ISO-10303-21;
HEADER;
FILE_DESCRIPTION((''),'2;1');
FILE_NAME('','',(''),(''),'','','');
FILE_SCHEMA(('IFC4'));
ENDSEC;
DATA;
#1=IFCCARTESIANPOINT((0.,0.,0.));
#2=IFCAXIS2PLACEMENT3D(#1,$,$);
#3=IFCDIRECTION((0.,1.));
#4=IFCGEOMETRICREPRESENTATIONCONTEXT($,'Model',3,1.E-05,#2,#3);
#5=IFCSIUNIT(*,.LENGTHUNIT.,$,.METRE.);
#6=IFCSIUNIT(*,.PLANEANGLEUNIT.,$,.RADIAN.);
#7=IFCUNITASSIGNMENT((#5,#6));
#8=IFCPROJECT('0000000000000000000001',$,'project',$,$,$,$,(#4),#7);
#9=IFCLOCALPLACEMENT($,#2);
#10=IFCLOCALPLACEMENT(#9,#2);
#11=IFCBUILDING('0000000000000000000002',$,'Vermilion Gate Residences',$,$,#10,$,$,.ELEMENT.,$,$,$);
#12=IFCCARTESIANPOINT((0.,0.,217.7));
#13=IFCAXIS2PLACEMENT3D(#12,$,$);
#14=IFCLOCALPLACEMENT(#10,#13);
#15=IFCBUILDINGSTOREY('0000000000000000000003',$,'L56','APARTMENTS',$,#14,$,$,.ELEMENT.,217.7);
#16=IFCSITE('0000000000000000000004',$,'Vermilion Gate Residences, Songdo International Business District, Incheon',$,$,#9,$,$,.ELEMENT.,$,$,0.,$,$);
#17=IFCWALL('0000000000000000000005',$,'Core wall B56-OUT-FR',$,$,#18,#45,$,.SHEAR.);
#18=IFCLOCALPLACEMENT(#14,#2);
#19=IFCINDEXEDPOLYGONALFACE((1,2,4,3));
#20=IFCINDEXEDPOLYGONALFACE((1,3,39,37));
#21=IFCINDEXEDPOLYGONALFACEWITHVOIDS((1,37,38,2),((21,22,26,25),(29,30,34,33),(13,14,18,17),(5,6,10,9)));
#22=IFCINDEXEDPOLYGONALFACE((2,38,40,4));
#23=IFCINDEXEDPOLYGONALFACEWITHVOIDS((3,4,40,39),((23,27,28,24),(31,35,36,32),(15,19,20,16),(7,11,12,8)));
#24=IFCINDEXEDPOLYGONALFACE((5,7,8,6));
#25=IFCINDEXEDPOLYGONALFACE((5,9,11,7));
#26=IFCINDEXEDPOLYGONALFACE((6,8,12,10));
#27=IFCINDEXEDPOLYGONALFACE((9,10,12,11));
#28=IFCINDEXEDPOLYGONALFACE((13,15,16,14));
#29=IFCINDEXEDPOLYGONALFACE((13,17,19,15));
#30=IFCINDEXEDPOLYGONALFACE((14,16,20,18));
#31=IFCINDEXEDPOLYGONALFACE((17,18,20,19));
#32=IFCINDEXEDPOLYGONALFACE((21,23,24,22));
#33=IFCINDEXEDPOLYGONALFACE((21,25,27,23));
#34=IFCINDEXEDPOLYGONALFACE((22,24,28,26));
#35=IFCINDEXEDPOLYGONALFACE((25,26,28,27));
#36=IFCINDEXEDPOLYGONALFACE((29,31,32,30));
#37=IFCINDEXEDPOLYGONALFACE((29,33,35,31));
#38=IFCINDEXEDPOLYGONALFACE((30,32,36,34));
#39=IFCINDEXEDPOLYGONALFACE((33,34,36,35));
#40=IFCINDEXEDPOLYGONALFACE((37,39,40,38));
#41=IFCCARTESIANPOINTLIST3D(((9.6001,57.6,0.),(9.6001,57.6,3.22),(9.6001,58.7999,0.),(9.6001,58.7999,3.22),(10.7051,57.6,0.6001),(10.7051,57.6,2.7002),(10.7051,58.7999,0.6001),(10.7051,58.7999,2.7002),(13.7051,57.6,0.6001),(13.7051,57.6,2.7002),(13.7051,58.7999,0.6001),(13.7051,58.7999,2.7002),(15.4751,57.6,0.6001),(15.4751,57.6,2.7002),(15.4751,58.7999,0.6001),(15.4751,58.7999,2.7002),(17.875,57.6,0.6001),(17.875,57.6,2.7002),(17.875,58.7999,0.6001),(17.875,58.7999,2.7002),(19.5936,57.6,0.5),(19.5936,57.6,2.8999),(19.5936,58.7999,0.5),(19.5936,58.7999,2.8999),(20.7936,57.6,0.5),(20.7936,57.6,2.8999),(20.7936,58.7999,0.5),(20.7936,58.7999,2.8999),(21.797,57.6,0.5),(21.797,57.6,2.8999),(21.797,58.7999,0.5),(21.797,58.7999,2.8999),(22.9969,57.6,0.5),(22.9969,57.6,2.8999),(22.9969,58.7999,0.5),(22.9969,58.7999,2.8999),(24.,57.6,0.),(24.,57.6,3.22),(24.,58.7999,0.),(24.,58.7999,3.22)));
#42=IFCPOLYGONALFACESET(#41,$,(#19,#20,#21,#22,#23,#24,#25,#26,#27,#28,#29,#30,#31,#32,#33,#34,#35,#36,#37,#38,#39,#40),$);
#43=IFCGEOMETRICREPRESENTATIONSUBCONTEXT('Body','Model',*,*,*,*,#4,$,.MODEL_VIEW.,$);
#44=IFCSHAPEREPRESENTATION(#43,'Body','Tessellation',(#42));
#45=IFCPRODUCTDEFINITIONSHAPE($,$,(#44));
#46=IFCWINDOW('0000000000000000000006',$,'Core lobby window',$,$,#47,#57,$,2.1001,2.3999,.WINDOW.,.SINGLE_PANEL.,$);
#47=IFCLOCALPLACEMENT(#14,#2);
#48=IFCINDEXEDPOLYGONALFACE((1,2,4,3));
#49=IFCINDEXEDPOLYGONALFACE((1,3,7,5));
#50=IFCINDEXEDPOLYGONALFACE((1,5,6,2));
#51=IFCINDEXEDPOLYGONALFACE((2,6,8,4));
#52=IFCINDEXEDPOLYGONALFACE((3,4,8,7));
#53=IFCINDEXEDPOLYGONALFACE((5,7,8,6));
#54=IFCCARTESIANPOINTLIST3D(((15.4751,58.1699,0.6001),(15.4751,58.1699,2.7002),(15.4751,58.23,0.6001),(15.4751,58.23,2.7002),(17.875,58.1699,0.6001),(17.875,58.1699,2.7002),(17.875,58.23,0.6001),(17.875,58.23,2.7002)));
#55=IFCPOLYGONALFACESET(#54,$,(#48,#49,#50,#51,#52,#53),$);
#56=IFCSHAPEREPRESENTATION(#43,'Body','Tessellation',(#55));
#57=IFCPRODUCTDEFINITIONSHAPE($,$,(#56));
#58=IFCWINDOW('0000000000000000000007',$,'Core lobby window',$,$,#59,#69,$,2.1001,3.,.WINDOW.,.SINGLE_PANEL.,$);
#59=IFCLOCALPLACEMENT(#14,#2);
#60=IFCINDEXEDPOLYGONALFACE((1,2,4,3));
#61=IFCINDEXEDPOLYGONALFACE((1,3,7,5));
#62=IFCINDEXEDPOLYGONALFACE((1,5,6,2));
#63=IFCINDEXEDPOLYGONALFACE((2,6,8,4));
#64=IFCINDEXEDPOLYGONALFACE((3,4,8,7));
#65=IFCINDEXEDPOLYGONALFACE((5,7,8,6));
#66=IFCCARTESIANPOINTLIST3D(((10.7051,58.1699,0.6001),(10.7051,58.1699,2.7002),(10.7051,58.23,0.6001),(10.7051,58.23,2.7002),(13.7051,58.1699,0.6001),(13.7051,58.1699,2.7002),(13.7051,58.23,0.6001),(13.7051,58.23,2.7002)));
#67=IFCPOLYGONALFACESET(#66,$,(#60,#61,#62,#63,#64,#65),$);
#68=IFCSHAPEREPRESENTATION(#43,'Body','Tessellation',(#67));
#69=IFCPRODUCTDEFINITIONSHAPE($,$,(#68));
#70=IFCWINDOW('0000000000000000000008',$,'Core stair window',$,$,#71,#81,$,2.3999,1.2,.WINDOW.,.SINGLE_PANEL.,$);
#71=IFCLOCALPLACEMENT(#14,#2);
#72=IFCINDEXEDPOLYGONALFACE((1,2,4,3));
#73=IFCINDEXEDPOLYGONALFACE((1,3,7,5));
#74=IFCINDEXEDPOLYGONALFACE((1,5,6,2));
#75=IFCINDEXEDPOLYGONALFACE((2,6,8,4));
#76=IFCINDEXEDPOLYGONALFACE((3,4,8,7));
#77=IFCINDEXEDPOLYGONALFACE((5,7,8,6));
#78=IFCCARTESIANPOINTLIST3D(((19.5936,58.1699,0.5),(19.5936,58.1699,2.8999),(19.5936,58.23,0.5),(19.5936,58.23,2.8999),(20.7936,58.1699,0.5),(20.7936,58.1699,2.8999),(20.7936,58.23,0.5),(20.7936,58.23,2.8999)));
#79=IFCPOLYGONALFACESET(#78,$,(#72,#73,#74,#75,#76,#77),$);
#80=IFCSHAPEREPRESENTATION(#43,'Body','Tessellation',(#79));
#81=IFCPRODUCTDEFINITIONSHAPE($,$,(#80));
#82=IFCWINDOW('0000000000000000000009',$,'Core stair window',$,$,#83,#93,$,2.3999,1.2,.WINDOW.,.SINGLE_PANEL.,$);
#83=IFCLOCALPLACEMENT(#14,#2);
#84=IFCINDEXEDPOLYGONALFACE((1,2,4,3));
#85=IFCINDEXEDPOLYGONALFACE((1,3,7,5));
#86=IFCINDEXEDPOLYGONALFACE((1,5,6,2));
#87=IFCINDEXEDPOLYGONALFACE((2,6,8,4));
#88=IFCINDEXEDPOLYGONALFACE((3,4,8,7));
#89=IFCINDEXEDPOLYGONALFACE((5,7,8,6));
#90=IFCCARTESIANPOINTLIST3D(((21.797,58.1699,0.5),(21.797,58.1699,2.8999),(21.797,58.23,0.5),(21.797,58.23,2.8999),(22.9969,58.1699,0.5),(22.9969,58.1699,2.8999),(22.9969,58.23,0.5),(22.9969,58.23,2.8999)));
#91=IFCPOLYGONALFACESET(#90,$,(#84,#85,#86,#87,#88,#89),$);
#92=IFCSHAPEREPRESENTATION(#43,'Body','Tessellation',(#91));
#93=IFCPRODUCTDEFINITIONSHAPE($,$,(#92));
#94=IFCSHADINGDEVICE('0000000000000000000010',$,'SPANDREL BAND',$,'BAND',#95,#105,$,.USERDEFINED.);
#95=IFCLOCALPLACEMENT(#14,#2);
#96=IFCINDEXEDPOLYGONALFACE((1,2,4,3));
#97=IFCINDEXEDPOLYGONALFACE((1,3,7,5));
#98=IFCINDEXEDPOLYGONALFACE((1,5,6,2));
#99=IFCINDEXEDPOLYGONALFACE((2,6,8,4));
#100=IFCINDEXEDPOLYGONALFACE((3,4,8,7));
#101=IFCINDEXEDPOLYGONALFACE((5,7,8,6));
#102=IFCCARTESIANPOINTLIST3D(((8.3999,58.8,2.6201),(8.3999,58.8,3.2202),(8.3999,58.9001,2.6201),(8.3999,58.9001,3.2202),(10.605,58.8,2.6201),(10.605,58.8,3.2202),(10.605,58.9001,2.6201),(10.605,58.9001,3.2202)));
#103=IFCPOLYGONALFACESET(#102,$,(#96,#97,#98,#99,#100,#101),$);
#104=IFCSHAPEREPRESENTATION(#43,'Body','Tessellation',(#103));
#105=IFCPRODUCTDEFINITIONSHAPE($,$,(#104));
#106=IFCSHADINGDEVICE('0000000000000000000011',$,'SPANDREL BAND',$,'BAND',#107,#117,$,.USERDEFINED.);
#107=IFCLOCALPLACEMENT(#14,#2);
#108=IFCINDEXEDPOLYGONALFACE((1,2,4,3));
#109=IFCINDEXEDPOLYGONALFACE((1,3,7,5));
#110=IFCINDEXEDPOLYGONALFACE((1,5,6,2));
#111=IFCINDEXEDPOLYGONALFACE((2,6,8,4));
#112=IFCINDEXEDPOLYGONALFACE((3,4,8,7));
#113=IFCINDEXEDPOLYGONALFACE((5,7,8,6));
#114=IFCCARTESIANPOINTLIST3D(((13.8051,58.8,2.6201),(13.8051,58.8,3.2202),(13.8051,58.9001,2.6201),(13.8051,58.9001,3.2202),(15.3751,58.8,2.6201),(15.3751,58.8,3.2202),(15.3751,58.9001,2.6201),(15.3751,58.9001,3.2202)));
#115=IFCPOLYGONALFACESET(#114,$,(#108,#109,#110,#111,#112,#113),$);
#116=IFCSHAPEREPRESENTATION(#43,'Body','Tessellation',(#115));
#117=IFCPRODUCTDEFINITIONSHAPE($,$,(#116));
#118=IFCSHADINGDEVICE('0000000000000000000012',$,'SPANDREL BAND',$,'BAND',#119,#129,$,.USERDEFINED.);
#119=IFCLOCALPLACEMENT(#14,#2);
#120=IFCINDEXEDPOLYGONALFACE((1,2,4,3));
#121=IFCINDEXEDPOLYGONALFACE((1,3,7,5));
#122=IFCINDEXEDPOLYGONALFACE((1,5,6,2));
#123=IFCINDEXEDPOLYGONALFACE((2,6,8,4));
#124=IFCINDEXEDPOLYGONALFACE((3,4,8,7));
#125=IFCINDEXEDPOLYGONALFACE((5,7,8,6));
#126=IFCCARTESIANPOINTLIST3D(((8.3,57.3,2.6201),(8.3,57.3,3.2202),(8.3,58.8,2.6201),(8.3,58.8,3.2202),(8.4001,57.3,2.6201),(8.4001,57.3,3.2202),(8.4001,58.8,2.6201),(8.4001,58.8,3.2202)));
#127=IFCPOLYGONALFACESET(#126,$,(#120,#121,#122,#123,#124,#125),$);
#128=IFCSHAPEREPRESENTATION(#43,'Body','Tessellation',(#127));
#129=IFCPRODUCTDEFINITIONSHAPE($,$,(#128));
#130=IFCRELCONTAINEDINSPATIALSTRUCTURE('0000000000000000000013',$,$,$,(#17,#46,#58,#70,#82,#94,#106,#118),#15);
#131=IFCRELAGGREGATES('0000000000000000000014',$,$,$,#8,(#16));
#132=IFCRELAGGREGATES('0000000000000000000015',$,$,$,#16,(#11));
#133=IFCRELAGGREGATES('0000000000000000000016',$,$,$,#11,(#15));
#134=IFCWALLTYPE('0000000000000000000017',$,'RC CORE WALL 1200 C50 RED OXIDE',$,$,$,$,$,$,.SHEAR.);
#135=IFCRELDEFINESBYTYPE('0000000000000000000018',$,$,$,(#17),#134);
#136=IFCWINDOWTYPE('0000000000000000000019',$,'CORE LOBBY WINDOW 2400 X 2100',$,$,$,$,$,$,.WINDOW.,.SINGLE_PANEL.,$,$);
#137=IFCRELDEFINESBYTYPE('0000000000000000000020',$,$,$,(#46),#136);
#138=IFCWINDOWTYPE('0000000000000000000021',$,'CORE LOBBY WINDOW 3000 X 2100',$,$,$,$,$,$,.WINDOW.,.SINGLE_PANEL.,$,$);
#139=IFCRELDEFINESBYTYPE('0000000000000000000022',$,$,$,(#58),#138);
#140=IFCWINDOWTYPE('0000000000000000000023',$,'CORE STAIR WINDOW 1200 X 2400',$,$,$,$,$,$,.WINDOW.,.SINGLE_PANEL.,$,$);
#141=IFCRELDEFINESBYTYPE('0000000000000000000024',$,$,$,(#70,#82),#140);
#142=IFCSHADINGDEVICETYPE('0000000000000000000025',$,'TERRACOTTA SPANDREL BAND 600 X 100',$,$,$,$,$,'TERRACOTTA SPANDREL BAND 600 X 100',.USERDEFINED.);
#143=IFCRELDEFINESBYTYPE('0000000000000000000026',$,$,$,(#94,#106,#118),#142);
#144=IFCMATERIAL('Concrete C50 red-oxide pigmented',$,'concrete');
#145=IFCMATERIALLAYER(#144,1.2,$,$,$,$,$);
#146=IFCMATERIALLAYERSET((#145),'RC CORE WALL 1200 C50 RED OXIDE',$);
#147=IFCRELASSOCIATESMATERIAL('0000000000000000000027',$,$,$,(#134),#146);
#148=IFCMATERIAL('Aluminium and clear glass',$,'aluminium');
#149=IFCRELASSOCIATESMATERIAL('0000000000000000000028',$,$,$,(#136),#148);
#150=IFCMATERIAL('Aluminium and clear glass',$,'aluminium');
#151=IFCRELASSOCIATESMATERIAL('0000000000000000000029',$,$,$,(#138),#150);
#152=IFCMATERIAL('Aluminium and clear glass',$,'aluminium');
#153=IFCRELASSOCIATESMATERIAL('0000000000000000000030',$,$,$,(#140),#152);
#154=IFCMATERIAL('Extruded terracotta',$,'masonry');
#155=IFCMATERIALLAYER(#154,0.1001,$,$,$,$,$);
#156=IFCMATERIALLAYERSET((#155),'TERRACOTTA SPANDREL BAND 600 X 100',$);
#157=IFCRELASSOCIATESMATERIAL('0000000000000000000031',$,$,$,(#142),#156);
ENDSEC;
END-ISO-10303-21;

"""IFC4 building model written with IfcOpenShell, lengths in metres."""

from ifc_helpers import new_model, si_unit, direction, frame, frame_2d, origin, origin_2d, place, context, subcontext, project, spatial, rectangle, extrude, material, layer, layer_set, type_object, element, fill, save


model = new_model("IFC4")

# Units and contexts
model_context = context("Model", 3, precision=1e-05, world=origin(), true_north=direction((0.0, 1.0)))
body_context = subcontext(model_context, "Body", "Model", "MODEL_VIEW")
ifc_project = project(units=[si_unit("LENGTHUNIT", "METRE"), si_unit("PLANEANGLEUNIT", "RADIAN")], contexts=[model_context])

# Site, building, storey
site_placement = place(None, origin())
site = spatial("IfcSite", under=ifc_project, at=site_placement, Name="Vermilion Gate Residences, Songdo International Business District, Incheon", CompositionType="ELEMENT", RefElevation=0.0)
building_placement = place(site_placement, origin())
building = spatial("IfcBuilding", under=site, at=building_placement, Name="Vermilion Gate Residences", CompositionType="ELEMENT")
storey_placement = place(building_placement, frame((0.0, 0.0, 217.7)))
storey = spatial("IfcBuildingStorey", under=building, at=storey_placement, Name="L56", Description="APARTMENTS", CompositionType="ELEMENT", Elevation=217.7)

# Wall, openings, windows
ifc_material_1 = material(Name="Concrete C50 red-oxide pigmented", Category="concrete")
ifc_layer_1 = layer(ifc_material_1, 1.2)
ifc_layer_set_1 = layer_set([ifc_layer_1], Name="RC CORE WALL 1200 C50 RED OXIDE")
wall_type_1 = type_object("IfcWallType", Name="RC CORE WALL 1200 C50 RED OXIDE", PredefinedType="SHEAR", material=ifc_layer_set_1)
ifc_material_2 = material(Name="Aluminium and clear glass", Category="aluminium")
window_type_1 = type_object("IfcWindowType", Name="CORE LOBBY WINDOW 2400 X 2100", PartitioningType="SINGLE_PANEL", PredefinedType="WINDOW", material=ifc_material_2)
wall_1_placement = place(storey_placement, frame((9.6001, 58.2, 0.0), z_axis=(0.0, 0.0, 1.0), x_axis=(1.0, 0.0, 0.0)))
wall_1 = element("IfcWall", 1, at=wall_1_placement, inside=storey, type_object=wall_type_1, Name="Core wall B56-OUT-FR", PredefinedType="SHEAR", context=body_context, shape_type="SweptSolid", body=[
    extrude(rectangle(XDim=14.3999, YDim=1.2, at=frame_2d((7.2, 0.0))), origin(), (0.0, 0.0, 1.0), 3.22),
])
opening_1_placement = place(wall_1_placement, frame((1.105, 0.0, 0.6001)))
opening_1 = element("IfcOpeningElement", 2, at=opening_1_placement, cuts=wall_1, PredefinedType="OPENING", context=body_context, shape_type="SweptSolid", body=[
    extrude(rectangle(XDim=3.0, YDim=2.1001, at=frame_2d((1.5, 1.05))), frame((0.0, 0.6099, 0.0), z_axis=(0.0, -1.0, 0.0), x_axis=(1.0, 0.0, 0.0)), (0.0, 0.0, 1.0), 1.22),
])
opening_2_placement = place(wall_1_placement, frame((5.875, 0.0, 0.6001)))
opening_2 = element("IfcOpeningElement", 3, at=opening_2_placement, cuts=wall_1, PredefinedType="OPENING", context=body_context, shape_type="SweptSolid", body=[
    extrude(rectangle(XDim=2.3999, YDim=2.1001, at=frame_2d((1.2, 1.05))), frame((0.0, 0.6099, 0.0), z_axis=(0.0, -1.0, 0.0), x_axis=(1.0, 0.0, 0.0)), (0.0, 0.0, 1.0), 1.22),
])
opening_3_placement = place(wall_1_placement, frame((9.9934, 0.0, 0.5)))
opening_3 = element("IfcOpeningElement", 4, at=opening_3_placement, cuts=wall_1, PredefinedType="OPENING", context=body_context, shape_type="SweptSolid", body=[
    extrude(rectangle(XDim=1.2, YDim=2.3999, at=frame_2d((0.6001, 1.2))), frame((0.0, 0.6099, 0.0), z_axis=(0.0, -1.0, 0.0), x_axis=(1.0, 0.0, 0.0)), (0.0, 0.0, 1.0), 1.22),
])
opening_4_placement = place(wall_1_placement, frame((12.1968, 0.0, 0.5)))
opening_4 = element("IfcOpeningElement", 5, at=opening_4_placement, cuts=wall_1, PredefinedType="OPENING", context=body_context, shape_type="SweptSolid", body=[
    extrude(rectangle(XDim=1.2, YDim=2.3999, at=frame_2d((0.6001, 1.2))), frame((0.0, 0.6099, 0.0), z_axis=(0.0, -1.0, 0.0), x_axis=(1.0, 0.0, 0.0)), (0.0, 0.0, 1.0), 1.22),
])
window_1_placement = place(opening_2_placement, origin())
window_1 = element("IfcWindow", 6, at=window_1_placement, inside=storey, type_object=window_type_1, Name="Core lobby window", OverallHeight=2.1001, OverallWidth=2.3999, PartitioningType="SINGLE_PANEL", PredefinedType="WINDOW", context=body_context, shape_type="SweptSolid", body=[
    extrude(rectangle(XDim=2.3999, YDim=2.1001, at=frame_2d((1.2, 1.05))), frame((0.0, 0.03, 0.0), z_axis=(0.0, -1.0, 0.0), x_axis=(1.0, 0.0, 0.0)), (0.0, 0.0, 1.0), 0.0601),
])
fill(opening_2, window_1)
ifc_material_3 = material(Name="Aluminium and clear glass", Category="aluminium")
window_type_2 = type_object("IfcWindowType", Name="CORE LOBBY WINDOW 3000 X 2100", PartitioningType="SINGLE_PANEL", PredefinedType="WINDOW", material=ifc_material_3)
window_2_placement = place(opening_1_placement, origin())
window_2 = element("IfcWindow", 7, at=window_2_placement, inside=storey, type_object=window_type_2, Name="Core lobby window", OverallHeight=2.1001, OverallWidth=3.0, PartitioningType="SINGLE_PANEL", PredefinedType="WINDOW", context=body_context, shape_type="SweptSolid", body=[
    extrude(rectangle(XDim=3.0, YDim=2.1001, at=frame_2d((1.5, 1.05))), frame((0.0, 0.03, 0.0), z_axis=(0.0, -1.0, 0.0), x_axis=(1.0, 0.0, 0.0)), (0.0, 0.0, 1.0), 0.0601),
])
fill(opening_1, window_2)
ifc_material_4 = material(Name="Aluminium and clear glass", Category="aluminium")
window_type_3 = type_object("IfcWindowType", Name="CORE STAIR WINDOW 1200 X 2400", PartitioningType="SINGLE_PANEL", PredefinedType="WINDOW", material=ifc_material_4)
window_3_placement = place(opening_3_placement, origin())
window_3 = element("IfcWindow", 8, at=window_3_placement, inside=storey, type_object=window_type_3, Name="Core stair window", OverallHeight=2.3999, OverallWidth=1.2, PartitioningType="SINGLE_PANEL", PredefinedType="WINDOW", context=body_context, shape_type="SweptSolid", body=[
    extrude(rectangle(XDim=1.2, YDim=2.3999, at=frame_2d((0.6001, 1.2))), frame((0.0, 0.03, 0.0), z_axis=(0.0, -1.0, 0.0), x_axis=(1.0, 0.0, 0.0)), (0.0, 0.0, 1.0), 0.0601),
])
fill(opening_3, window_3)
window_4_placement = place(opening_4_placement, origin())
window_4 = element("IfcWindow", 9, at=window_4_placement, inside=storey, type_object=window_type_3, Name="Core stair window", OverallHeight=2.3999, OverallWidth=1.2, PartitioningType="SINGLE_PANEL", PredefinedType="WINDOW", context=body_context, shape_type="SweptSolid", body=[
    extrude(rectangle(XDim=1.2, YDim=2.3999, at=frame_2d((0.6001, 1.2))), frame((0.0, 0.03, 0.0), z_axis=(0.0, -1.0, 0.0), x_axis=(1.0, 0.0, 0.0)), (0.0, 0.0, 1.0), 0.0601),
])
fill(opening_4, window_4)

# Shading devices
ifc_material_5 = material(Name="Extruded terracotta", Category="masonry")
ifc_layer_2 = layer(ifc_material_5, 0.1001)
ifc_layer_set_2 = layer_set([ifc_layer_2], Name="TERRACOTTA SPANDREL BAND 600 X 100")
shading_device_type = type_object("IfcShadingDeviceType", Name="TERRACOTTA SPANDREL BAND 600 X 100", ElementType="TERRACOTTA SPANDREL BAND 600 X 100", PredefinedType="USERDEFINED", material=ifc_layer_set_2)
shading_device_1_placement = place(storey_placement, frame((9.5024, 58.8501, 2.6201), z_axis=(0.0, 0.0, 1.0), x_axis=(1.0, 0.0, 0.0)))
element("IfcShadingDevice", 10, at=shading_device_1_placement, inside=storey, type_object=shading_device_type, Name="SPANDREL BAND", ObjectType="BAND", PredefinedType="USERDEFINED", context=body_context, shape_type="SweptSolid", body=[
    extrude(rectangle(XDim=2.2051, YDim=0.1001, at=origin_2d()), origin(), (0.0, 0.0, 1.0), 0.6001),
])
shading_device_2_placement = place(storey_placement, frame((14.5901, 58.8501, 2.6201), z_axis=(0.0, 0.0, 1.0), x_axis=(1.0, 0.0, 0.0)))
element("IfcShadingDevice", 11, at=shading_device_2_placement, inside=storey, type_object=shading_device_type, Name="SPANDREL BAND", ObjectType="BAND", PredefinedType="USERDEFINED", context=body_context, shape_type="SweptSolid", body=[
    extrude(rectangle(XDim=1.5701, YDim=0.1001, at=origin_2d()), origin(), (0.0, 0.0, 1.0), 0.6001),
])
shading_device_3_placement = place(storey_placement, frame((8.3501, 58.05, 2.6201), z_axis=(0.0, 0.0, 1.0), x_axis=(0.0, 1.0, 0.0)))
element("IfcShadingDevice", 12, at=shading_device_3_placement, inside=storey, type_object=shading_device_type, Name="SPANDREL BAND", ObjectType="BAND", PredefinedType="USERDEFINED", context=body_context, shape_type="SweptSolid", body=[
    extrude(rectangle(XDim=1.5, YDim=0.1001, at=origin_2d()), origin(), (0.0, 0.0, 1.0), 0.6001),
])

save(model, "model.ifc")
